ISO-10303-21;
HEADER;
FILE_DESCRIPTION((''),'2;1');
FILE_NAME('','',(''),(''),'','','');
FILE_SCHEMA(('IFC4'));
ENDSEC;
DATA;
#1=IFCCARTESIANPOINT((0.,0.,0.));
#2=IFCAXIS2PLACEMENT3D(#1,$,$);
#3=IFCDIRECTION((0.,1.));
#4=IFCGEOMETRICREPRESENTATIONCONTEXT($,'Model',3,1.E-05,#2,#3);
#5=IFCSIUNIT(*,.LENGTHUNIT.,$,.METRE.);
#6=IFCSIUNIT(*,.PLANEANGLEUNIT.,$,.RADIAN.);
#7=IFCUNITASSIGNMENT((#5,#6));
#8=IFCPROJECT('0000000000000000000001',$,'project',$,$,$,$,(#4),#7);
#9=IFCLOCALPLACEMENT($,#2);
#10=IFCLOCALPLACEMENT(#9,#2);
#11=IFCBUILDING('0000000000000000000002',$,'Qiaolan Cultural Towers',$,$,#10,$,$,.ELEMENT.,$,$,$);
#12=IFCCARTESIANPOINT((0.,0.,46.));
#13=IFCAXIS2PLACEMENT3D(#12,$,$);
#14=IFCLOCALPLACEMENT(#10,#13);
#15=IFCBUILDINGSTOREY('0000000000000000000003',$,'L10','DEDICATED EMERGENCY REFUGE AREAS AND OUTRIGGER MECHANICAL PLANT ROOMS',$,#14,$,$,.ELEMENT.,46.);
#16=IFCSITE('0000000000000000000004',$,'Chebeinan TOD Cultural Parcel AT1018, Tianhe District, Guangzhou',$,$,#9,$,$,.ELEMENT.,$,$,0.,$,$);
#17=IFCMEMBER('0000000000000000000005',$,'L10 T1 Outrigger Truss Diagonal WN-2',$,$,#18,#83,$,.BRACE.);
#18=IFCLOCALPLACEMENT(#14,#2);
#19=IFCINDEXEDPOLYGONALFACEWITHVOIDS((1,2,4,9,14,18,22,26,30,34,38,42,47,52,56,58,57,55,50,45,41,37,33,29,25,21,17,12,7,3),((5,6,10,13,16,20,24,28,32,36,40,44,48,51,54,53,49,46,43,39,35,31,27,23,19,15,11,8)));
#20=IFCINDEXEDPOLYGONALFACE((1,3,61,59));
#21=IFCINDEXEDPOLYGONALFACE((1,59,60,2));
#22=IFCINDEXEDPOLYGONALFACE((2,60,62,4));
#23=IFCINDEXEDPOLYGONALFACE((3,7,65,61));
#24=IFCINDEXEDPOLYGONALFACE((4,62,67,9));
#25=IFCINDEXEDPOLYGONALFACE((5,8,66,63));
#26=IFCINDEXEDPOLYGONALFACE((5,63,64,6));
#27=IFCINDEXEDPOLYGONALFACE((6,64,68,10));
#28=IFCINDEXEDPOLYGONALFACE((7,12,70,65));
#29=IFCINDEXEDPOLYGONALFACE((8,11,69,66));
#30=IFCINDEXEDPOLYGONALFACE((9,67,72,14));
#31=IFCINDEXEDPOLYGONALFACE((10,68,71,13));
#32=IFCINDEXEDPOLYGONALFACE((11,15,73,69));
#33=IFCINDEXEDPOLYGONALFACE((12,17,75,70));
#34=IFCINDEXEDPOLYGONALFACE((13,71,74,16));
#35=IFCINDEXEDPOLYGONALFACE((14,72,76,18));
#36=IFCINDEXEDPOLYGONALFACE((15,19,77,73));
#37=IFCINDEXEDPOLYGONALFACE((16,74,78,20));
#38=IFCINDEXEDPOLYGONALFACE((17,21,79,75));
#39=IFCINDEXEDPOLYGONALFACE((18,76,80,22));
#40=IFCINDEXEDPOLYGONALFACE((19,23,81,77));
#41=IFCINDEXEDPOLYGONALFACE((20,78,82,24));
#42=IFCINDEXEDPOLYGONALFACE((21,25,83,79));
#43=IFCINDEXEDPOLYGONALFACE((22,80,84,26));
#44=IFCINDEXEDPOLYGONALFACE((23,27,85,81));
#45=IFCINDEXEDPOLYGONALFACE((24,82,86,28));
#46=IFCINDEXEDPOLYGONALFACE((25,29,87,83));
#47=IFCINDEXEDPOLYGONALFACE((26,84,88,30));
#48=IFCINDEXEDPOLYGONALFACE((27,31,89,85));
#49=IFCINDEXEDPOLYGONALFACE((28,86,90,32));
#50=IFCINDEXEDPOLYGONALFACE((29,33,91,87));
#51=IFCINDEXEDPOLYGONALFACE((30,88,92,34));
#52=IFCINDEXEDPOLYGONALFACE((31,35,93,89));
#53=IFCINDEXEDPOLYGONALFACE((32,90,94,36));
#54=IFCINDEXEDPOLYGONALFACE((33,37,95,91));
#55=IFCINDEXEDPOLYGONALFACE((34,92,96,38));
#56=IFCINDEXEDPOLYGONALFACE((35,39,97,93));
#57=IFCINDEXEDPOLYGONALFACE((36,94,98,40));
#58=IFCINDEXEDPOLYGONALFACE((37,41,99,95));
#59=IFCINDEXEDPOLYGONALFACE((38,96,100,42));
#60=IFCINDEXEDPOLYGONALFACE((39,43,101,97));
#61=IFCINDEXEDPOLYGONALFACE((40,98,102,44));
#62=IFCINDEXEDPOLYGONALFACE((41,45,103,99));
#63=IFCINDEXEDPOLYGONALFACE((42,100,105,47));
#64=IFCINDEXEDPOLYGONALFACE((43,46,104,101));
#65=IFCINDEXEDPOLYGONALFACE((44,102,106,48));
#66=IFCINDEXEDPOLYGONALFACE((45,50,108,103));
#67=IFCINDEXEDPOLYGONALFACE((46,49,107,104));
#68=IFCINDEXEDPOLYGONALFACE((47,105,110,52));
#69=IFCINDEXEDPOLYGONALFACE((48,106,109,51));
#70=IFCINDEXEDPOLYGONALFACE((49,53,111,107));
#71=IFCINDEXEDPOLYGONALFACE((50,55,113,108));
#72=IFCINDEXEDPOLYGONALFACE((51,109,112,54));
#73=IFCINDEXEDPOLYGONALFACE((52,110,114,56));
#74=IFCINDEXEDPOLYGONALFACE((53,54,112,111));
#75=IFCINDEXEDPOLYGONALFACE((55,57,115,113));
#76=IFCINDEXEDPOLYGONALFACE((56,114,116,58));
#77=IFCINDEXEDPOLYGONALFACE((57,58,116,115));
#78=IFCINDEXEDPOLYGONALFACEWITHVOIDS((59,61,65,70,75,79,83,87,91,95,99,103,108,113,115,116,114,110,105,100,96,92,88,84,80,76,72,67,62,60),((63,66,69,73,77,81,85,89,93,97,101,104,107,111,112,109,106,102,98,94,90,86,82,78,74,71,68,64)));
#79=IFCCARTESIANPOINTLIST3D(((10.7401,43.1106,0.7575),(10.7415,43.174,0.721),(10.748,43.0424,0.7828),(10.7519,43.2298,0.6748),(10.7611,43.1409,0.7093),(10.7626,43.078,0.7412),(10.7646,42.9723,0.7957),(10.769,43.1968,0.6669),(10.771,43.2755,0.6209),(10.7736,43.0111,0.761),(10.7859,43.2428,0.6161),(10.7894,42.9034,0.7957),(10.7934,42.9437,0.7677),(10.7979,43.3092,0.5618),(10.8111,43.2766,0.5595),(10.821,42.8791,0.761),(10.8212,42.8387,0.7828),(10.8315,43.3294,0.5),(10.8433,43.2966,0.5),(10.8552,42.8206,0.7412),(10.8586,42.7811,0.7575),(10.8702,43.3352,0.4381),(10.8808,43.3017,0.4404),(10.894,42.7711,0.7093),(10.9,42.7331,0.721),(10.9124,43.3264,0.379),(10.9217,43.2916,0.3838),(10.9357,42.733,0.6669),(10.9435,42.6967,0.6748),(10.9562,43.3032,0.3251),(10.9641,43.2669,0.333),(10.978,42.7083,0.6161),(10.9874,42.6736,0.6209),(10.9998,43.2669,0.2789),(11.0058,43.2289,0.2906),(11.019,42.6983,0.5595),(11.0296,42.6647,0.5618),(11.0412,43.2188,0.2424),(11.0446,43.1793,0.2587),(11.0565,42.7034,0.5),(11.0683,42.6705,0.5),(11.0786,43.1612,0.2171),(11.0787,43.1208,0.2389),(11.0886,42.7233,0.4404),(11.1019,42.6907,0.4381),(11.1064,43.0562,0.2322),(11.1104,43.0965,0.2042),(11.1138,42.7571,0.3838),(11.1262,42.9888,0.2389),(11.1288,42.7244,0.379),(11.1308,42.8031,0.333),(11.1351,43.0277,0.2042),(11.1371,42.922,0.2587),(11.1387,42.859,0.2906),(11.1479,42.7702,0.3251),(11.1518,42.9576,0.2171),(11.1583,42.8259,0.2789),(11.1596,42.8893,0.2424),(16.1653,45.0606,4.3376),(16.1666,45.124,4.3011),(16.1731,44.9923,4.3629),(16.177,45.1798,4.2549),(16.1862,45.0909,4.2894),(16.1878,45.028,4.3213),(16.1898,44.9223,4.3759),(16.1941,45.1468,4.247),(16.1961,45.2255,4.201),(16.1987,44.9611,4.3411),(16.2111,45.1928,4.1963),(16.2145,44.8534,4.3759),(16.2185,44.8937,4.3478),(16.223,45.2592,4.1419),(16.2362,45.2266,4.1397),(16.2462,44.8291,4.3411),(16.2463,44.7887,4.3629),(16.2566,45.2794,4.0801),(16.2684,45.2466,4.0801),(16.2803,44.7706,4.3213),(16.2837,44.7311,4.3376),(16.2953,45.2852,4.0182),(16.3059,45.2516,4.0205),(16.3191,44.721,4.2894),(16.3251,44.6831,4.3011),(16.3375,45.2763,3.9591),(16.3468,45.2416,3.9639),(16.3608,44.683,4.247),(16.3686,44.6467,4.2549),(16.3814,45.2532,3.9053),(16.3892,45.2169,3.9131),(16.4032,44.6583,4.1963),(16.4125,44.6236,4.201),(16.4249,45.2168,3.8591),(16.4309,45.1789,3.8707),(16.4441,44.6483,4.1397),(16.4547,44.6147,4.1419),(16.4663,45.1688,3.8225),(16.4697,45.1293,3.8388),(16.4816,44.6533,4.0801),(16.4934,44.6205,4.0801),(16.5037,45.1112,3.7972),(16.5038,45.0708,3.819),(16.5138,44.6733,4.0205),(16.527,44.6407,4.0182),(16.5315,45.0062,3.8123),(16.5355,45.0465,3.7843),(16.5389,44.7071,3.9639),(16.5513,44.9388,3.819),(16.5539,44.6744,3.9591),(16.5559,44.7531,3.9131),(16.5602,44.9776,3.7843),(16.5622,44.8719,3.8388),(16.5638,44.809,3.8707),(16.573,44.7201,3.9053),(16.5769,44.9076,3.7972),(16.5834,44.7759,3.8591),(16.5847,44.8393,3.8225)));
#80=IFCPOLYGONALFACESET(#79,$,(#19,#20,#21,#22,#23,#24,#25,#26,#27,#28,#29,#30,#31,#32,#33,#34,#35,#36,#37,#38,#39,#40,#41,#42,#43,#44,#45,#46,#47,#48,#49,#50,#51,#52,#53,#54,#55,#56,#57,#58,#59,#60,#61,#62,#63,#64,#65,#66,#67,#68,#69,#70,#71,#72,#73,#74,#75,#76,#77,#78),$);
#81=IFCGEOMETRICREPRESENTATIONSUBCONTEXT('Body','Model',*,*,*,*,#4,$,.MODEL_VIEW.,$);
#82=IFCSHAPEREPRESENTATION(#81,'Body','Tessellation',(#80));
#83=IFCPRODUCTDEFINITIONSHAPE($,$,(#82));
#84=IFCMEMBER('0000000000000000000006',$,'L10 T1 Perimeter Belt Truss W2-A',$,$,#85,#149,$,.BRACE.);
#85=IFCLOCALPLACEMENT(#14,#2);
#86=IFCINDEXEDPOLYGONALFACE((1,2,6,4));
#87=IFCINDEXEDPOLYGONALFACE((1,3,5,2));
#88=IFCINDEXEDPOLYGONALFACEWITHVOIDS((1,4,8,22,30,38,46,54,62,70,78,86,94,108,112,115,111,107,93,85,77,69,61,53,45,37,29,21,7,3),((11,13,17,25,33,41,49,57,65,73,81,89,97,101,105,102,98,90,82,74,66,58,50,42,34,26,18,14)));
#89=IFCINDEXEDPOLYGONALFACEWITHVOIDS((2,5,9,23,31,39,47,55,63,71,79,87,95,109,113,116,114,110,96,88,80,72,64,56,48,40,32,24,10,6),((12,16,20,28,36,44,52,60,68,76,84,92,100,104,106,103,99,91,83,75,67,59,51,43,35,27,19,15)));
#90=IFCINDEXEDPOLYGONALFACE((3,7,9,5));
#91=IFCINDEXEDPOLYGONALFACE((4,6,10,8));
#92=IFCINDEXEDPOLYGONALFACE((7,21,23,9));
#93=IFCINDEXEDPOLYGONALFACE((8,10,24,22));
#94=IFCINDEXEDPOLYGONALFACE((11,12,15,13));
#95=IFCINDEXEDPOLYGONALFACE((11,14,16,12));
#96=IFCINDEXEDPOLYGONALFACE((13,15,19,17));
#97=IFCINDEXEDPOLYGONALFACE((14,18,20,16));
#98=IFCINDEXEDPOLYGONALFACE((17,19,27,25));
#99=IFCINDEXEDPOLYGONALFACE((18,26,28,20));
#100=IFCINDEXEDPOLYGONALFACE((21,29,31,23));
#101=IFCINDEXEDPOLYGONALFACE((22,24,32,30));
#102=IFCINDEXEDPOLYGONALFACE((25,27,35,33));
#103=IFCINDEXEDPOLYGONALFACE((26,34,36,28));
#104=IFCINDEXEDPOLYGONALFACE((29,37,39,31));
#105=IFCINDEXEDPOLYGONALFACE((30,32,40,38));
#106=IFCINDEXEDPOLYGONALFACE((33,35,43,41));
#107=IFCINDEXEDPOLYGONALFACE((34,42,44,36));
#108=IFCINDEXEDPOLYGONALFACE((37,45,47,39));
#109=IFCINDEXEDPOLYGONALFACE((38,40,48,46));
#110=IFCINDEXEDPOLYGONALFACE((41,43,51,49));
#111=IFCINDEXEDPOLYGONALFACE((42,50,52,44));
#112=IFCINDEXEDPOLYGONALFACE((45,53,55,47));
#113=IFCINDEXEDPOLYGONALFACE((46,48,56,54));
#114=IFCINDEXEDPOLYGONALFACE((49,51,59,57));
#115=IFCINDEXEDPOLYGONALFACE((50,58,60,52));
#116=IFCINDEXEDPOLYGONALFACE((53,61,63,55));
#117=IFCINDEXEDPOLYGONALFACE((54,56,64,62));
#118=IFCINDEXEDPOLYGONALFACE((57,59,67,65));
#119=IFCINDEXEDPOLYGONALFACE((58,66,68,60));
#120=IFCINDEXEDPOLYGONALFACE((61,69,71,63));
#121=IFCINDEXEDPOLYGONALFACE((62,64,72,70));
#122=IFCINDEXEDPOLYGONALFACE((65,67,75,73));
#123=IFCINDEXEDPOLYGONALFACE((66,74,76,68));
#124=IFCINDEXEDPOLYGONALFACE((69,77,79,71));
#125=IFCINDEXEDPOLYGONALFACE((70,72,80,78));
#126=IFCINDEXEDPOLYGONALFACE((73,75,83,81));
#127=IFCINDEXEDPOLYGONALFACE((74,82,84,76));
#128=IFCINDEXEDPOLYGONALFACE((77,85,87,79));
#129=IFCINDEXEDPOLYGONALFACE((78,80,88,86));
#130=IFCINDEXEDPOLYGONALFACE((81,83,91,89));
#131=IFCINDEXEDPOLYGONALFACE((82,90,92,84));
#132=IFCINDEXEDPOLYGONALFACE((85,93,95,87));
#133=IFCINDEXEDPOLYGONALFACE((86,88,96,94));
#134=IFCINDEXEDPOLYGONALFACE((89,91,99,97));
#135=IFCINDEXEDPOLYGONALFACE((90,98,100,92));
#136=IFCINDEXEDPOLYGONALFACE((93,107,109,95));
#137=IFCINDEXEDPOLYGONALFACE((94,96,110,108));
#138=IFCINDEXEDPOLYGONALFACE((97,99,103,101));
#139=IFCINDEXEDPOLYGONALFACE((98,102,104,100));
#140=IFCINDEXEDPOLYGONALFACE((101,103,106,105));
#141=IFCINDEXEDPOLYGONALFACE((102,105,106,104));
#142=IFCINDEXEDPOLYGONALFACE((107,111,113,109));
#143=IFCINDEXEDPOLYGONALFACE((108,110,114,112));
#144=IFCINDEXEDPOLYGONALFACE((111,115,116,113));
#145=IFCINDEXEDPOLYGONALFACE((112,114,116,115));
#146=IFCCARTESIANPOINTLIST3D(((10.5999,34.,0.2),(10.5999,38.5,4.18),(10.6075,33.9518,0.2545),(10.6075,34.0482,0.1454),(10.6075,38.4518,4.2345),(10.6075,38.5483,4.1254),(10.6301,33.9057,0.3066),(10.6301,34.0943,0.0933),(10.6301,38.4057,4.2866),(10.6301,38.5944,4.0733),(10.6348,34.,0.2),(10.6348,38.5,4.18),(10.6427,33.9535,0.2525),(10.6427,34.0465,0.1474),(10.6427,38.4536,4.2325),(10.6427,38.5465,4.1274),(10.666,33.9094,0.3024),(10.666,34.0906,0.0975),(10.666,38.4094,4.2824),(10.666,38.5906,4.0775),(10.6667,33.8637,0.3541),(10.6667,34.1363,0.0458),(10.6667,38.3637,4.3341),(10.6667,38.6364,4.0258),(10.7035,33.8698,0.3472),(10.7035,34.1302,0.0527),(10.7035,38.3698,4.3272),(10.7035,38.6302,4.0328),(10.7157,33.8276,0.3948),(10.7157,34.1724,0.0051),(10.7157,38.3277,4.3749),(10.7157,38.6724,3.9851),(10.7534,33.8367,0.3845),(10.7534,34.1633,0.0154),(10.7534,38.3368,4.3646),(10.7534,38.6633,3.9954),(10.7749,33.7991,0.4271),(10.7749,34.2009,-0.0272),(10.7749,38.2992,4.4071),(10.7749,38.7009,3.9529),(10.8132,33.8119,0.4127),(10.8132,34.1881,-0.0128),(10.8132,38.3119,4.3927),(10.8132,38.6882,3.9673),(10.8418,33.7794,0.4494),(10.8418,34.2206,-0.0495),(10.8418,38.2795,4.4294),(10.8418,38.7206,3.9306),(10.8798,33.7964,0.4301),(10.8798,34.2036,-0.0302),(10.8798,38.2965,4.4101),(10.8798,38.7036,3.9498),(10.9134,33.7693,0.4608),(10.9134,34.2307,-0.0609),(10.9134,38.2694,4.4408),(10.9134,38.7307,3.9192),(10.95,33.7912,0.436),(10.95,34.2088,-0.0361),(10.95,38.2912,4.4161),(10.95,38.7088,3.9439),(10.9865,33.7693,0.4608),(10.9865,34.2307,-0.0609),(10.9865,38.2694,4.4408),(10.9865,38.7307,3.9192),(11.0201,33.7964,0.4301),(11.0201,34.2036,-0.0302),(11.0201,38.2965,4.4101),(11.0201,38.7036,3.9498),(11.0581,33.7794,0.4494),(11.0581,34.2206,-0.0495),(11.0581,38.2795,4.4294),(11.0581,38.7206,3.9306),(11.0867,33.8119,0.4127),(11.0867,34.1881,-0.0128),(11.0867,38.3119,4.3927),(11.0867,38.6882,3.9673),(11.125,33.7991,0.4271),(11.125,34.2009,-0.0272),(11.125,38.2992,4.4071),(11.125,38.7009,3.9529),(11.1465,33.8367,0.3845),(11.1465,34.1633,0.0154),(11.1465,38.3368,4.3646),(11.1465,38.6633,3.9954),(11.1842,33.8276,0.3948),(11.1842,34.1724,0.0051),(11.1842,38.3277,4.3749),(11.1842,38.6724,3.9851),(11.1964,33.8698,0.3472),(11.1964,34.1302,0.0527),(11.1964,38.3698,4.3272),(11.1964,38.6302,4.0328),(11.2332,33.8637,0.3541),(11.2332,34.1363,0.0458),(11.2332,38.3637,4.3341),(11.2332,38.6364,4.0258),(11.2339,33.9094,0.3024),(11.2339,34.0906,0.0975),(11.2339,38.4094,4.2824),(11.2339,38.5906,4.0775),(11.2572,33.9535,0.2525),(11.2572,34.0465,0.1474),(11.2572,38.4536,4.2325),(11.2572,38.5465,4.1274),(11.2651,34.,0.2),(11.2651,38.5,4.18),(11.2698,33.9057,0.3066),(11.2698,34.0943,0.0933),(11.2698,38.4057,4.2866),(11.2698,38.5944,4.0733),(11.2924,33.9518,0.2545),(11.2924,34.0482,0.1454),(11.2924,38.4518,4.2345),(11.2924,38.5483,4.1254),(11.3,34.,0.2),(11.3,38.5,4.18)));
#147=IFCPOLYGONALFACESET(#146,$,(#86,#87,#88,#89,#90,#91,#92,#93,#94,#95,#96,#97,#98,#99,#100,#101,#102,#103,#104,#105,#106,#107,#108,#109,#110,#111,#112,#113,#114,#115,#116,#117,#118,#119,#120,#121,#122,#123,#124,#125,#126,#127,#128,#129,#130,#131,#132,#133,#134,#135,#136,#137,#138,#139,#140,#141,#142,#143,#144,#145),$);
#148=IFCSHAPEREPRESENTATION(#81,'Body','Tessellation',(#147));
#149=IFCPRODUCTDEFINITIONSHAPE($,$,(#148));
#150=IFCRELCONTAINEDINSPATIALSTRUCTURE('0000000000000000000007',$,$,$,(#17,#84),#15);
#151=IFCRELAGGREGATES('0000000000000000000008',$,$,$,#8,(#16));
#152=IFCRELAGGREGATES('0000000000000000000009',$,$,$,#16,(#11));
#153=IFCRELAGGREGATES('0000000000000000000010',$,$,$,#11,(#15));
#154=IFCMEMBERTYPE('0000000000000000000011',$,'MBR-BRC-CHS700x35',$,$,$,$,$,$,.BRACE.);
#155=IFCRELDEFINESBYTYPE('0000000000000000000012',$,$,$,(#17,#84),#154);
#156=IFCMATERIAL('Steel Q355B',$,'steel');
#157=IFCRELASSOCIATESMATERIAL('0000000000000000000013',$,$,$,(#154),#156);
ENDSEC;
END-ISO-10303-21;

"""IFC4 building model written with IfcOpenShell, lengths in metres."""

from ifc_helpers import new_model, si_unit, direction, frame, origin, origin_2d, place, context, subcontext, project, spatial, hollow_circle, extrude, material, material_profile, profile_set, type_object, element, save


model = new_model("IFC4")

# Units and contexts
model_context = context("Model", 3, precision=1e-05, world=origin(), true_north=direction((0.0, 1.0)))
body_context = subcontext(model_context, "Body", "Model", "MODEL_VIEW")
ifc_project = project(units=[si_unit("LENGTHUNIT", "METRE"), si_unit("PLANEANGLEUNIT", "RADIAN")], contexts=[model_context])

# Site, building, storey
site_placement = place(None, origin())
site = spatial("IfcSite", under=ifc_project, at=site_placement, Name="Chebeinan TOD Cultural Parcel AT1018, Tianhe District, Guangzhou", CompositionType="ELEMENT", RefElevation=0.0)
building_placement = place(site_placement, origin())
building = spatial("IfcBuilding", under=site, at=building_placement, Name="Qiaolan Cultural Towers", CompositionType="ELEMENT")
storey_placement = place(building_placement, frame((0.0, 0.0, 46.0)))
storey = spatial("IfcBuildingStorey", under=building, at=storey_placement, Name="L10", Description="DEDICATED EMERGENCY REFUGE AREAS AND OUTRIGGER MECHANICAL PLANT ROOMS", CompositionType="ELEMENT", Elevation=46.0)

# Members
ifc_material_1 = material(Name="Steel Q355B", Category="steel")
ifc_material_profile_1 = material_profile(ifc_material_1, hollow_circle(Radius=0.3501, WallThickness=0.0349, at=origin_2d()), Name="CHS700x35")
ifc_profile_set_1 = profile_set([ifc_material_profile_1], Name="Steel Q355B")
member_type_1 = type_object("IfcMemberType", Name="MBR-BRC-CHS700x35", PredefinedType="BRACE", material=ifc_profile_set_1)
member_1_placement = place(storey_placement, frame((16.375, 44.95, 4.0801), z_axis=(-0.799442, -0.287347, -0.527565), x_axis=(0.338249, -0.941057, 0.0)))
element("IfcMember", 1, at=member_1_placement, inside=storey, type_object=member_type_1, Name="L10 T1 Outrigger Truss Diagonal WN-2", PredefinedType="BRACE", context=body_context, shape_type="SweptSolid", body=[
    extrude(hollow_circle(Radius=0.3501, WallThickness=0.0349, at=origin_2d()), origin(), (0.0, 0.0, 1.0), 6.7861),
])
for number, where, z_axis, x_axis, name in (
    (2, (10.95, 34.0, 0.2), (0.0, 0.749062, 0.6625), (-1.0, 0.0, 0.0), "L10 T1 Perimeter Belt Truss W2-A"),
):
    element("IfcMember", number, at=place(storey_placement, frame(where, z_axis=z_axis, x_axis=x_axis)), inside=storey, type_object=member_type_1, Name=name, PredefinedType="BRACE", context=body_context, shape_type="SweptSolid", body=[
        extrude(hollow_circle(Radius=0.3501, WallThickness=0.0349, at=origin_2d()), origin(), (0.0, 0.0, 1.0), 6.0076),
    ])

save(model, "model.ifc")
